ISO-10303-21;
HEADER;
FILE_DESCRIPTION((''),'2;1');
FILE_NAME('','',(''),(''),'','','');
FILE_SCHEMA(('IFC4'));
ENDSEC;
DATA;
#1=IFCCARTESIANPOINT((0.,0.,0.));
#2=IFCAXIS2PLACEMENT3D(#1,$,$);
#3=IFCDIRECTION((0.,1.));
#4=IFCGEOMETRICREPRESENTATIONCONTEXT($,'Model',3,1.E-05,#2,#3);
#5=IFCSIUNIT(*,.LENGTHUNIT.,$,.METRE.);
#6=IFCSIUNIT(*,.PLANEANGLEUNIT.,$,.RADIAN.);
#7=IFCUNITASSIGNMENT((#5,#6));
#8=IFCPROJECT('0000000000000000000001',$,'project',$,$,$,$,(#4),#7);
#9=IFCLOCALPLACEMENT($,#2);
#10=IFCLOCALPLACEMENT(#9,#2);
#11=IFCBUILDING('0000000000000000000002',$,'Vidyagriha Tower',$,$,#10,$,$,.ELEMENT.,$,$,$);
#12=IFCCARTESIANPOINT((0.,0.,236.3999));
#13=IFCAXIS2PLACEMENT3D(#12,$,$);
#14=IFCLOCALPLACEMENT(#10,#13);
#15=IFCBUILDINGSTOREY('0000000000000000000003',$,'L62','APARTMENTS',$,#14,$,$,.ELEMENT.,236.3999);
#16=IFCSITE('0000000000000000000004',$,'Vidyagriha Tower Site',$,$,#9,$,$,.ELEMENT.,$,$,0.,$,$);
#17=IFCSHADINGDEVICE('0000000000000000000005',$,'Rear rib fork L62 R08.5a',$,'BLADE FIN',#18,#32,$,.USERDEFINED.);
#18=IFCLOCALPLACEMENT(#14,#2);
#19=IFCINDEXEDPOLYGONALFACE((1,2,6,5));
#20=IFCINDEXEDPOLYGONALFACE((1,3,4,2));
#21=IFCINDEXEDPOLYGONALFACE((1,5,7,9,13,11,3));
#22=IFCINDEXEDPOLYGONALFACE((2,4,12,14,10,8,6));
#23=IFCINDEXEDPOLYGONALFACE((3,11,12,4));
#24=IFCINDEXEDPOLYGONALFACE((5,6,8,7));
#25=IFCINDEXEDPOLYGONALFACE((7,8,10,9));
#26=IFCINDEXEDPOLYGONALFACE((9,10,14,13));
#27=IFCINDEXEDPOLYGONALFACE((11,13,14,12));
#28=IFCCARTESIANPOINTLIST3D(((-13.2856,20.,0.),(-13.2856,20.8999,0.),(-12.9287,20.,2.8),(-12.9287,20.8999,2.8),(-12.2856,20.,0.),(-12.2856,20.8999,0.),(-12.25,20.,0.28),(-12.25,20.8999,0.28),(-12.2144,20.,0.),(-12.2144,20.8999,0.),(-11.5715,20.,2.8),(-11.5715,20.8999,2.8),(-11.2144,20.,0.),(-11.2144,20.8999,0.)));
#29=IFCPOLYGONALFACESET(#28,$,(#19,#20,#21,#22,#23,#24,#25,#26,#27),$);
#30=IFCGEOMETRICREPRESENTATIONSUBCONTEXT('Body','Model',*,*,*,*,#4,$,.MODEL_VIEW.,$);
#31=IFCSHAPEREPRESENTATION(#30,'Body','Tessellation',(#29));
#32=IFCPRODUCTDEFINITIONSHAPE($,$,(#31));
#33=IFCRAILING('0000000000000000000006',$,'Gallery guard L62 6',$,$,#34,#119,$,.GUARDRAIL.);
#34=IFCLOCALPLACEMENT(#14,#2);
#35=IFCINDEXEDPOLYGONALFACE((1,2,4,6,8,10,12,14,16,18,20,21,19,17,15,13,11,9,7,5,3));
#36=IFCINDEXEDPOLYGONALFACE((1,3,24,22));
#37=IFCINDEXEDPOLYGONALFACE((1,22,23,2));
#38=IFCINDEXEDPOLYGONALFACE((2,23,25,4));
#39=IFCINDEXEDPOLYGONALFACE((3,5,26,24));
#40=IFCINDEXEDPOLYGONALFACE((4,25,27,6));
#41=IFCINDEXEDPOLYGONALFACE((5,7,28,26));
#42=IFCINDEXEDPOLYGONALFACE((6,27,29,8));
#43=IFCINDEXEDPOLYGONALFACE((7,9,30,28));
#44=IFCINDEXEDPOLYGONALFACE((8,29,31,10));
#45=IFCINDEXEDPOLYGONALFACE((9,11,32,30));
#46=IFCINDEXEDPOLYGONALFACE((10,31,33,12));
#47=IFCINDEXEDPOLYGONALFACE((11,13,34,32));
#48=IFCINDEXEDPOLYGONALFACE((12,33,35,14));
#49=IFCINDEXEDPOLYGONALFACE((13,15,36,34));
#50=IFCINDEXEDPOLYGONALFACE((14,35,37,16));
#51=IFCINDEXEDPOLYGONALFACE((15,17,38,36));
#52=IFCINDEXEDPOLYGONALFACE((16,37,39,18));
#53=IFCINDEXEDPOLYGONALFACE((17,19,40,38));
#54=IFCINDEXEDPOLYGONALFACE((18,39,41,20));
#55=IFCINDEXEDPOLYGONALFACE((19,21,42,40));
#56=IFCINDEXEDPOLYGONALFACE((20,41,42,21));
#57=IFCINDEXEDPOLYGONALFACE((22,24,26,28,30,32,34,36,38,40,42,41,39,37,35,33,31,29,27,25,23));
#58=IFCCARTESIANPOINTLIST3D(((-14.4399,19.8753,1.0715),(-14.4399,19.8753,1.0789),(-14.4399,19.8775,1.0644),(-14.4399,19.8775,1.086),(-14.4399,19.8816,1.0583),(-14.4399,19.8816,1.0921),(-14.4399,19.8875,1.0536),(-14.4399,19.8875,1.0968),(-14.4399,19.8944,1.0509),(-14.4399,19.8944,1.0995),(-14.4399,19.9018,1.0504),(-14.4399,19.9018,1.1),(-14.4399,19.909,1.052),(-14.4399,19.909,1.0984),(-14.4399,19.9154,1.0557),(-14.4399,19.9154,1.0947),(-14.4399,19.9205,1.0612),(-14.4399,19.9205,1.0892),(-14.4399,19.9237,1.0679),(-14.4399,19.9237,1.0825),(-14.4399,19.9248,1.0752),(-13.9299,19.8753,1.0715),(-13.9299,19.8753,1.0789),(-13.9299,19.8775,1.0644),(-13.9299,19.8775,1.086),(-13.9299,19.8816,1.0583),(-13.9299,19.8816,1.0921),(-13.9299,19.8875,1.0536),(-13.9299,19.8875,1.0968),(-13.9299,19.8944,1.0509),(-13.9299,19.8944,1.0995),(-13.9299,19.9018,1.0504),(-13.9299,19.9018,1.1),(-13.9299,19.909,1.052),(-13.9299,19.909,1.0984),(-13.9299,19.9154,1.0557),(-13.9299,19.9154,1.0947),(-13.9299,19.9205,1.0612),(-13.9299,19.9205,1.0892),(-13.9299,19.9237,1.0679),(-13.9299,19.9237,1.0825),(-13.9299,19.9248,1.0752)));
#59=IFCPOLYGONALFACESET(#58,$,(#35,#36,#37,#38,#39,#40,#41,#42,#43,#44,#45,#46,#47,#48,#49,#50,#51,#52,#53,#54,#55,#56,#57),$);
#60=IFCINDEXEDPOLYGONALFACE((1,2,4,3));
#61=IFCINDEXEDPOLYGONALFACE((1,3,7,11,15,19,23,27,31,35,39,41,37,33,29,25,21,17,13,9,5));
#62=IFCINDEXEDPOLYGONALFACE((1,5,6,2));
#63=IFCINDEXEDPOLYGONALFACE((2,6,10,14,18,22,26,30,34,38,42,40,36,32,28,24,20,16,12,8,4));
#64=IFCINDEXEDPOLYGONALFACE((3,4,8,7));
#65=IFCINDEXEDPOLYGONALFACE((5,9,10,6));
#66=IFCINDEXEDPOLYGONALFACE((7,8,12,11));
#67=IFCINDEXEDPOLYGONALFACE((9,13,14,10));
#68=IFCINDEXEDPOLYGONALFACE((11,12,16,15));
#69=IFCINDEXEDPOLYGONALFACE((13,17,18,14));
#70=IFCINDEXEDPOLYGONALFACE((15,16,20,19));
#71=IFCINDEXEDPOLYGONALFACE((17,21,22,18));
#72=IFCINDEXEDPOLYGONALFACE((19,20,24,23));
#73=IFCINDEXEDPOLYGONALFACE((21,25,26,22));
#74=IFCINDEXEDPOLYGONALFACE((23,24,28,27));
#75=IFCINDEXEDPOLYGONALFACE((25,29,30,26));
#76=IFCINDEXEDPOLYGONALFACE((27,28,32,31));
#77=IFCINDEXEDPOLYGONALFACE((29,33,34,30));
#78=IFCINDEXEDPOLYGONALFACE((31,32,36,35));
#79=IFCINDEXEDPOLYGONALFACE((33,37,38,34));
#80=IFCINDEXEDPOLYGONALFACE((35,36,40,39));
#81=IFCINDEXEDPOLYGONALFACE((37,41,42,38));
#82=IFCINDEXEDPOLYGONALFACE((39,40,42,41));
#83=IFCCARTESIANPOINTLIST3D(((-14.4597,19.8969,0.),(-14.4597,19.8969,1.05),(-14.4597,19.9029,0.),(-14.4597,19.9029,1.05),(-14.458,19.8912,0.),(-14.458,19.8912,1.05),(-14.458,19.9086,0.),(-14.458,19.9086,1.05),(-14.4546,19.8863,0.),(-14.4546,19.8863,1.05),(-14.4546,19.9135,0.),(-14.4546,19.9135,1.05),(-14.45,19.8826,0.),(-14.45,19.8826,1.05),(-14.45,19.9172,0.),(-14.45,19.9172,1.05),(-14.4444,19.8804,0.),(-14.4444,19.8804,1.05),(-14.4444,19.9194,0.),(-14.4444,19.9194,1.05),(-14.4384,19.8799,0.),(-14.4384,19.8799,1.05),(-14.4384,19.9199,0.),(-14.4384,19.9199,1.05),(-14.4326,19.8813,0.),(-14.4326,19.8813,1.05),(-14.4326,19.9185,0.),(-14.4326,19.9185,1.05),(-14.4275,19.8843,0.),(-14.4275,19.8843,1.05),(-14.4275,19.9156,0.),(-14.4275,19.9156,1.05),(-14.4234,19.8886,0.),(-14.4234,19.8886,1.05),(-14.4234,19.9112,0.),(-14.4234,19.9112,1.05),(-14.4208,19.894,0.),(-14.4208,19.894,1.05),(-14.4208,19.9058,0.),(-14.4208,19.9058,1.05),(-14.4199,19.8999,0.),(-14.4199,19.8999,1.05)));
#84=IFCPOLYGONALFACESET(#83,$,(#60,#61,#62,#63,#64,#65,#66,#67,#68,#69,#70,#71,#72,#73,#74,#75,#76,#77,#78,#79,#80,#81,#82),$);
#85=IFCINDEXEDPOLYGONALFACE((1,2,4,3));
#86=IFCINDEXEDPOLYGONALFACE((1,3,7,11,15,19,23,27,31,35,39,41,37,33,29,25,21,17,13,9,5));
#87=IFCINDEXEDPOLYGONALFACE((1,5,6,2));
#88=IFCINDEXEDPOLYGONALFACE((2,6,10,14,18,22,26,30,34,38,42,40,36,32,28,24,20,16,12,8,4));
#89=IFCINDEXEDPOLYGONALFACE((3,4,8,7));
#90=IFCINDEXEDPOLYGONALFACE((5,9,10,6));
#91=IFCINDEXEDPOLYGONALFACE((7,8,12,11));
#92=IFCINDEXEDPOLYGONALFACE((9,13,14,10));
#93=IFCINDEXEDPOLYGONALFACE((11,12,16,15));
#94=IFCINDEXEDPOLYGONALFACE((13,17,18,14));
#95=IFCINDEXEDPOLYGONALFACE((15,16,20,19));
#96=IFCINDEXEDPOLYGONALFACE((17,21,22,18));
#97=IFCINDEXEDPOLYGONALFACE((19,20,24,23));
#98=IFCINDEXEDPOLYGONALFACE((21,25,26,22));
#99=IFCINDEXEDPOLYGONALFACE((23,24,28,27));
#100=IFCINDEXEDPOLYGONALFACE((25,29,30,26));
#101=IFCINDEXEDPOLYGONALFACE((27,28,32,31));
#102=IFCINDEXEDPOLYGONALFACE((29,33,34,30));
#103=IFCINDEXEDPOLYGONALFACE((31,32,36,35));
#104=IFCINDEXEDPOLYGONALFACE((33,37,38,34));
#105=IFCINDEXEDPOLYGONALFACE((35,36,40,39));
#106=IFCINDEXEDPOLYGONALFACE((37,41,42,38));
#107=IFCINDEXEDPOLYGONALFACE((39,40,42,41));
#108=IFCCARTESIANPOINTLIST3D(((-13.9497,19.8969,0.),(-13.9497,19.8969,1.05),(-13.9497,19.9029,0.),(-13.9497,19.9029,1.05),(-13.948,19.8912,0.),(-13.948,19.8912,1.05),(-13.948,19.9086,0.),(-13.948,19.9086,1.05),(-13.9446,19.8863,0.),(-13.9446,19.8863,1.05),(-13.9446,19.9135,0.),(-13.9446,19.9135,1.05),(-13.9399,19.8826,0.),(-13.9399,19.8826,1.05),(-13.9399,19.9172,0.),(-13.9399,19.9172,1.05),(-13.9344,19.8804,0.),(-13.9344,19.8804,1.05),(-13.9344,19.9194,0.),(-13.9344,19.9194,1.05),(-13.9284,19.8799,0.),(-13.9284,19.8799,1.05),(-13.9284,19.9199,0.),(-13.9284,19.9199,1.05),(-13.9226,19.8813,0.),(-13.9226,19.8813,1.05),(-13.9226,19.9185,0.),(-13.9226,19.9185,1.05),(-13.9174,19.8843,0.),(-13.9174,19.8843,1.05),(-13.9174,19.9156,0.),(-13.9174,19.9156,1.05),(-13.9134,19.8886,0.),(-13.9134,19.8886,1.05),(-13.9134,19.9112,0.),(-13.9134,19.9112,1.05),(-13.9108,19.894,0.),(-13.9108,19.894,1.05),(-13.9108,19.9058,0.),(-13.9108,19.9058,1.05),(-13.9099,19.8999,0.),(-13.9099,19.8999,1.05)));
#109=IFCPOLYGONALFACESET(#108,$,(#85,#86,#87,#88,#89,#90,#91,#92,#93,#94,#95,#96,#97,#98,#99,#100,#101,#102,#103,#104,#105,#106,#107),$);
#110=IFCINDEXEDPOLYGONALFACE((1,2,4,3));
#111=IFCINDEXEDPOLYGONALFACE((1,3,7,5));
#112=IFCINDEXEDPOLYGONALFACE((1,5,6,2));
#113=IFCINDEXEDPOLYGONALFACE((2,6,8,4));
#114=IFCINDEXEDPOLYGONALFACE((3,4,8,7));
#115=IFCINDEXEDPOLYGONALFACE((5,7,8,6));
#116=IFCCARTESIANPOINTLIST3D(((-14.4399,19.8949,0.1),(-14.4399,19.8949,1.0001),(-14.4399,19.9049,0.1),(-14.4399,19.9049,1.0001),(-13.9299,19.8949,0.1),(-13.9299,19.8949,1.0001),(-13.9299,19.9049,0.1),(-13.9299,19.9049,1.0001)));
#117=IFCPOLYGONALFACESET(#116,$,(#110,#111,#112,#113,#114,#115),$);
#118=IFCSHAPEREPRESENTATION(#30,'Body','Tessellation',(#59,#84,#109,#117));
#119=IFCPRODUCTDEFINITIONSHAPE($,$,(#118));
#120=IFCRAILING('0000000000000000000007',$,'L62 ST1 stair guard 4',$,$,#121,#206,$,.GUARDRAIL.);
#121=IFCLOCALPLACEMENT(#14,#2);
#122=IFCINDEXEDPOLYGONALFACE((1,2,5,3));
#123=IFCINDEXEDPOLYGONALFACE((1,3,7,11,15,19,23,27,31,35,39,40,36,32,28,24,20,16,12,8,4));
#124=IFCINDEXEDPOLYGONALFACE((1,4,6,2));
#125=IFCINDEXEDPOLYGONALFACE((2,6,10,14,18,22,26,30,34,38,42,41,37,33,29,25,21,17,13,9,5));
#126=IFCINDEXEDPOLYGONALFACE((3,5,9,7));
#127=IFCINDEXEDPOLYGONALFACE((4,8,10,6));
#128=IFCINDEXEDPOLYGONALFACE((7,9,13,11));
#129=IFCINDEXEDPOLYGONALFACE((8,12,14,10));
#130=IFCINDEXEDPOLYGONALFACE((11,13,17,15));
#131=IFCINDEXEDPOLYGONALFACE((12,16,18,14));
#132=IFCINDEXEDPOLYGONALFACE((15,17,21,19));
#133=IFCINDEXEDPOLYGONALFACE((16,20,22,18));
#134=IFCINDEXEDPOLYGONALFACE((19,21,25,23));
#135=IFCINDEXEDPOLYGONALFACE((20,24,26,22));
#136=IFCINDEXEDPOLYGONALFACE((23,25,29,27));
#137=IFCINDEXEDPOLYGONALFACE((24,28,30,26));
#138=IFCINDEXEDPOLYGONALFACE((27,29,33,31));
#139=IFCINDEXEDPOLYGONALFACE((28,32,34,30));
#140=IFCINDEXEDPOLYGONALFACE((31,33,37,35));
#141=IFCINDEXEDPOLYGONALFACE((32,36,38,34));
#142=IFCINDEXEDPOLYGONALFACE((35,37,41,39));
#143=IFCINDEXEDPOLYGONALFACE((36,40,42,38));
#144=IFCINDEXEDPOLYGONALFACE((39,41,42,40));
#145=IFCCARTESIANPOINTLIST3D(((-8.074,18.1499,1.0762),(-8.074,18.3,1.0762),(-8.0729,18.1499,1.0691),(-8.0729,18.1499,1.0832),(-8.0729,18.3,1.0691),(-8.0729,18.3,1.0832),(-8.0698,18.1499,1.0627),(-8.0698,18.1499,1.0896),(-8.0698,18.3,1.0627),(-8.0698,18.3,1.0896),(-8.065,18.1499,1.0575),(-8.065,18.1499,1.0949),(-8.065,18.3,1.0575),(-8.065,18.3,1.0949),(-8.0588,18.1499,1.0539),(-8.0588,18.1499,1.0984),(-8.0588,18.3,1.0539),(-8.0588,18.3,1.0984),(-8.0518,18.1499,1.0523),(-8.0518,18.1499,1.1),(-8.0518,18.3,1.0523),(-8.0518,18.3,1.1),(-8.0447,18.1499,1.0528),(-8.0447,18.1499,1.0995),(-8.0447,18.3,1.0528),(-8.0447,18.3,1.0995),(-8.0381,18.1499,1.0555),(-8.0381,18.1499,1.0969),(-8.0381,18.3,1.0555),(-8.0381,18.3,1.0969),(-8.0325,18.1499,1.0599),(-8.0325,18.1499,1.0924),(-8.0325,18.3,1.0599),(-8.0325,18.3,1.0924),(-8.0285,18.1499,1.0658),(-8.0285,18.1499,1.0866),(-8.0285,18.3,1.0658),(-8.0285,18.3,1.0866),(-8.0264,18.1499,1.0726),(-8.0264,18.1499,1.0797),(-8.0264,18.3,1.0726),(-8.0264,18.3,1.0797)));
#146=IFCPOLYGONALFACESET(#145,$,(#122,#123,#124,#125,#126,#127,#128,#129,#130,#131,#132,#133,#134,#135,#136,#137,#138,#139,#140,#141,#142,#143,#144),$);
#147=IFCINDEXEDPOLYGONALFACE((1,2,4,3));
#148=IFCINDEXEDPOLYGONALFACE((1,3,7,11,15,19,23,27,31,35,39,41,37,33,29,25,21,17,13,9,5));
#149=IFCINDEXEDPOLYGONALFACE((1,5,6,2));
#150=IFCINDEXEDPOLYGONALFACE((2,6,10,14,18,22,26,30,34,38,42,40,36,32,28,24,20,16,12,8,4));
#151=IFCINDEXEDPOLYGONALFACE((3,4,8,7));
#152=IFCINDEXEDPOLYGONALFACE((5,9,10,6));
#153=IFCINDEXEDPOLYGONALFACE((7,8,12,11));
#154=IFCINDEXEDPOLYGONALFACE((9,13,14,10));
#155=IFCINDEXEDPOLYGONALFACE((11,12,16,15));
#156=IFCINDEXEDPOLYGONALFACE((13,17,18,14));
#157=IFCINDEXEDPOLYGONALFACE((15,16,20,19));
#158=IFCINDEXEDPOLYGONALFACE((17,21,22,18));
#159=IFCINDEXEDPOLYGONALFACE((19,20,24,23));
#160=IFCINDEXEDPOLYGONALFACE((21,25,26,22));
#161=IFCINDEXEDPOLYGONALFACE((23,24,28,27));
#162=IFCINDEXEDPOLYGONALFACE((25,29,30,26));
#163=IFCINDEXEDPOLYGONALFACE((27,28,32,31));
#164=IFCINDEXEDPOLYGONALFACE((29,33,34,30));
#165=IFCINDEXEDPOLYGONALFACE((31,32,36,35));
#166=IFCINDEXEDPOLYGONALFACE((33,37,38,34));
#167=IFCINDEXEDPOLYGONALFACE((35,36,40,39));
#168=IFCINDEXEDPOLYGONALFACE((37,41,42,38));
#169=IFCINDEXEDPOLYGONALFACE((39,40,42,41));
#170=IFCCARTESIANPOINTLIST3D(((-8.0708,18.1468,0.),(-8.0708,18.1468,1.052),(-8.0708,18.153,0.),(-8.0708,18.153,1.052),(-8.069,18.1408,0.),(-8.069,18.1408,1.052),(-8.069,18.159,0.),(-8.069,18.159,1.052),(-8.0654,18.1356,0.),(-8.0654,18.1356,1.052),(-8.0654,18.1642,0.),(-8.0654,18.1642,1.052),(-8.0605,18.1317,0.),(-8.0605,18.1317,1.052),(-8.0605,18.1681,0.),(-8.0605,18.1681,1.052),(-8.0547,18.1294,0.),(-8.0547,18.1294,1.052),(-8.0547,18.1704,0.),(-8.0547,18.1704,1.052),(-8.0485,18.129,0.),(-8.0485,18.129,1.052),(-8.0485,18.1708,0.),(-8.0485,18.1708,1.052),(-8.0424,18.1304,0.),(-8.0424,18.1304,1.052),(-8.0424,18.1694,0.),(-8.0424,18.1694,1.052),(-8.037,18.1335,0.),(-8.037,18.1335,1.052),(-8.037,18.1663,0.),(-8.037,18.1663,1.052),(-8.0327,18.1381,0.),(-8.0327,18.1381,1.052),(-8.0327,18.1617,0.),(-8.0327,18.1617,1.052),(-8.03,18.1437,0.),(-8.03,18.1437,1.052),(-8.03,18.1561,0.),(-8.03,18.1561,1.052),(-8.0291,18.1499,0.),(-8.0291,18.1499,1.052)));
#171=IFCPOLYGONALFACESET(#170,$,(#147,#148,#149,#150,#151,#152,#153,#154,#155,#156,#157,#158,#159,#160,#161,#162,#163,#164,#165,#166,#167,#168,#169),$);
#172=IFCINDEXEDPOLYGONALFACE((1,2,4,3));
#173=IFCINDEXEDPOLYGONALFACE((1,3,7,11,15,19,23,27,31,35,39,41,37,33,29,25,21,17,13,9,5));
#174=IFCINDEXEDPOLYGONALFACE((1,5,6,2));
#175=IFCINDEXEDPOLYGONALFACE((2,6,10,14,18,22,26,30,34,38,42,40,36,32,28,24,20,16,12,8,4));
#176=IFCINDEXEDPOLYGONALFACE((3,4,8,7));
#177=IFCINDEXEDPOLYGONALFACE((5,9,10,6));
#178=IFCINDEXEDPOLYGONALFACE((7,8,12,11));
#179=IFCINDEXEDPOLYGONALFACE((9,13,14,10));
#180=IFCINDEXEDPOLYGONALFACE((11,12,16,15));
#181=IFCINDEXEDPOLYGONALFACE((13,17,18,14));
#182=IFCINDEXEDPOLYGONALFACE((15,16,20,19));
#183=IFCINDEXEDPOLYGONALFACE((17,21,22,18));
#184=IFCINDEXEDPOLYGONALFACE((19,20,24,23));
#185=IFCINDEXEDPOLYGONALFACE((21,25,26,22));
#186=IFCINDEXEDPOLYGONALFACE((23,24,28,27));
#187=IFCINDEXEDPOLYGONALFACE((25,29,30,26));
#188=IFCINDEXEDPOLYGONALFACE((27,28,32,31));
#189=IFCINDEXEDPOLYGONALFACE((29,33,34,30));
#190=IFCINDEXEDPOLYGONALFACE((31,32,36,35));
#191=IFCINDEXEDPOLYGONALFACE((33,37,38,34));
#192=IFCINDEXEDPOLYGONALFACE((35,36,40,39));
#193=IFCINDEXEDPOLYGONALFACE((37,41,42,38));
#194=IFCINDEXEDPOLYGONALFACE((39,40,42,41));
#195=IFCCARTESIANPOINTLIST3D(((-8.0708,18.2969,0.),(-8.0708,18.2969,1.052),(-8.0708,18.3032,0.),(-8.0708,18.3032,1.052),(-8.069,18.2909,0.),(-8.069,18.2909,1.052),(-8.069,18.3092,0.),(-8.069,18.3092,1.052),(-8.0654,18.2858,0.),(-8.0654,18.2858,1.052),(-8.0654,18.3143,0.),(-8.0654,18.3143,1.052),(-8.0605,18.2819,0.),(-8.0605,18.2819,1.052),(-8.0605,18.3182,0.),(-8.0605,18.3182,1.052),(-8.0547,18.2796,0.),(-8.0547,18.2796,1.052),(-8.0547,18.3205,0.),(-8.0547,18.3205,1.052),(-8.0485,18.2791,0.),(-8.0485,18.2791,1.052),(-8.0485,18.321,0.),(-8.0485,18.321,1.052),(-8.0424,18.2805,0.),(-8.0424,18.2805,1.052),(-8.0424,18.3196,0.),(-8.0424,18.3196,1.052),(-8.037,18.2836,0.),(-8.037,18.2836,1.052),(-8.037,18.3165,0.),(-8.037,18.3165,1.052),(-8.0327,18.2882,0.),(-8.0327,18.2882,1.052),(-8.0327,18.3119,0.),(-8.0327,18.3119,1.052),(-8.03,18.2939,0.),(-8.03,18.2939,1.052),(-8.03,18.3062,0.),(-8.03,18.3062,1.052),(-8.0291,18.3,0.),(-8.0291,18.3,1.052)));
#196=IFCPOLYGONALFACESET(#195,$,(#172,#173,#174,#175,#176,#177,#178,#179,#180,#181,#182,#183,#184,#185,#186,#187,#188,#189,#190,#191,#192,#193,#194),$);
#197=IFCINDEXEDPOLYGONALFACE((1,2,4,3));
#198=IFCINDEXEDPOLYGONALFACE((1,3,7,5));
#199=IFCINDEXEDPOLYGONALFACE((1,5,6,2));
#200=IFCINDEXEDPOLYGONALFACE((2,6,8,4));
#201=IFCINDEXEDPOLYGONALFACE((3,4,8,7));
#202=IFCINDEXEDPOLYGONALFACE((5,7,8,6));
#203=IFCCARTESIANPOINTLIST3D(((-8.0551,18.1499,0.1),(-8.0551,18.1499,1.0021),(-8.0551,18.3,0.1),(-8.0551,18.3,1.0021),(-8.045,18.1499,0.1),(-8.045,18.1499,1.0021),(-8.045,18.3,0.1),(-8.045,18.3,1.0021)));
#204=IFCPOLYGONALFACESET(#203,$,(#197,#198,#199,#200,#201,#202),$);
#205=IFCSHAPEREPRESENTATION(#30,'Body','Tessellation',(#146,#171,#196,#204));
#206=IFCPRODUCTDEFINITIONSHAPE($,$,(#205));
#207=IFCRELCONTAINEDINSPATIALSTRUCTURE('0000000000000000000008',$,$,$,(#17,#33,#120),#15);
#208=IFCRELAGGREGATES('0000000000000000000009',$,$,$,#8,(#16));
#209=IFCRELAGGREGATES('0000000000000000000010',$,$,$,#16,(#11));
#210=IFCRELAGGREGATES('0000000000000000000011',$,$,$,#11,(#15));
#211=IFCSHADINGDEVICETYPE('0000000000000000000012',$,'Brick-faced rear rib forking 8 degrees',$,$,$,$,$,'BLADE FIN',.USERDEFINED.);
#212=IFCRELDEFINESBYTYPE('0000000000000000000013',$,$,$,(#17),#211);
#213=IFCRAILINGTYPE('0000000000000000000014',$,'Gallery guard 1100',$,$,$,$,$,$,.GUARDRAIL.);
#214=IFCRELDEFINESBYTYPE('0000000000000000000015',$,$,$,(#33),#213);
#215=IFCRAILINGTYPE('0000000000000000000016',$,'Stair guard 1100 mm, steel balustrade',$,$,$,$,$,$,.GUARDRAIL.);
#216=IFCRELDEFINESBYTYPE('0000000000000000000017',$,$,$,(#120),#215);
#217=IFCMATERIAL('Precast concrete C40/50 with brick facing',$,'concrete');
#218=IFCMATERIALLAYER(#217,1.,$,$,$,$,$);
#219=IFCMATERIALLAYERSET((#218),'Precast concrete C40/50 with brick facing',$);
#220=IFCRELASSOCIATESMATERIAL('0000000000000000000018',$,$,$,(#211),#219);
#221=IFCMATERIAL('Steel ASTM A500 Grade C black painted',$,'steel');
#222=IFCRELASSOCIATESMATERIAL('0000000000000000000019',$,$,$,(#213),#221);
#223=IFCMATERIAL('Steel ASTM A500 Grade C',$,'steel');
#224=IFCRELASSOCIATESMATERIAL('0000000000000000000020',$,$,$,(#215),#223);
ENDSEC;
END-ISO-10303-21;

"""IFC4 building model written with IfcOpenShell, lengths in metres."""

from ifc_helpers import new_model, si_unit, direction, frame, origin, origin_2d, place, context, subcontext, project, spatial, polyline, rectangle, circle, outline, extrude, material, layer, layer_set, type_object, element, save


model = new_model("IFC4")

# Units and contexts
model_context = context("Model", 3, precision=1e-05, world=origin(), true_north=direction((0.0, 1.0)))
body_context = subcontext(model_context, "Body", "Model", "MODEL_VIEW")
ifc_project = project(units=[si_unit("LENGTHUNIT", "METRE"), si_unit("PLANEANGLEUNIT", "RADIAN")], contexts=[model_context])

# Site, building, storey
site_placement = place(None, origin())
site = spatial("IfcSite", under=ifc_project, at=site_placement, Name="Vidyagriha Tower Site", CompositionType="ELEMENT", RefElevation=0.0)
building_placement = place(site_placement, origin())
building = spatial("IfcBuilding", under=site, at=building_placement, Name="Vidyagriha Tower", CompositionType="ELEMENT")
storey_placement = place(building_placement, frame((0.0, 0.0, 236.3999)))
storey = spatial("IfcBuildingStorey", under=building, at=storey_placement, Name="L62", Description="APARTMENTS", CompositionType="ELEMENT", Elevation=236.3999)

# Shading device
ifc_material_1 = material(Name="Precast concrete C40/50 with brick facing", Category="concrete")
ifc_layer_1 = layer(ifc_material_1, 1.0)
ifc_layer_set_1 = layer_set([ifc_layer_1], Name="Precast concrete C40/50 with brick facing")
shading_device_type = type_object("IfcShadingDeviceType", Name="Brick-faced rear rib forking 8 degrees", ElementType="BLADE FIN", PredefinedType="USERDEFINED", material=ifc_layer_set_1)
shading_device_placement = place(storey_placement, frame((-11.2144, 20.45, 0.0), z_axis=(0.0, 0.0, 1.0), x_axis=(-1.0, 0.0, 0.0)))
element("IfcShadingDevice", 1, at=shading_device_placement, inside=storey, type_object=shading_device_type, Name="Rear rib fork L62 R08.5a", ObjectType="BLADE FIN", PredefinedType="USERDEFINED", context=body_context, shape_type="SweptSolid", body=[
    extrude(outline(polyline([(1.0, 0.0), (1.0356, 0.28), (1.0713, 0.0), (2.0713, 0.0), (1.7144, 2.8), (0.3572, 2.8), (0.0, 0.0), (1.0, 0.0)])), frame((0.0, 0.45, 0.0), z_axis=(0.0, -1.0, 0.0), x_axis=(1.0, 0.0, 0.0)), (0.0, 0.0, 1.0), 0.8999),
])

# Railings
ifc_material_2 = material(Name="Steel ASTM A500 Grade C black painted", Category="steel")
railing_type_1 = type_object("IfcRailingType", Name="Gallery guard 1100", PredefinedType="GUARDRAIL", material=ifc_material_2)
railing_1_placement = place(storey_placement, frame((-14.4399, 19.8999, 0.0)))
element("IfcRailing", 2, at=railing_1_placement, inside=storey, type_object=railing_type_1, Name="Gallery guard L62 6", PredefinedType="GUARDRAIL", context=body_context, shape_type="SweptSolid", body=[
    extrude(circle(Radius=0.0249, at=origin_2d()), frame((0.0, 0.0, 1.0752), z_axis=(1.0, 0.0, 0.0), x_axis=(0.0, 1.0, 0.0)), (0.0, 0.0, 1.0), 0.51),
    extrude(circle(Radius=0.02, at=origin_2d()), origin(), (0.0, 0.0, 1.0), 1.05),
    extrude(circle(Radius=0.02, at=origin_2d()), frame((0.51, 0.0, 0.0)), (0.0, 0.0, 1.0), 1.05),
    extrude(rectangle(XDim=0.01, YDim=0.9001, at=origin_2d()), frame((0.0, 0.0, 0.55), z_axis=(1.0, 0.0, 0.0), x_axis=(0.0, 1.0, 0.0)), (0.0, 0.0, 1.0), 0.51),
])
ifc_material_3 = material(Name="Steel ASTM A500 Grade C", Category="steel")
railing_type_2 = type_object("IfcRailingType", Name="Stair guard 1100 mm, steel balustrade", PredefinedType="GUARDRAIL", material=ifc_material_3)
railing_2_placement = place(storey_placement, frame((-8.05, 18.1499, 0.0)))
element("IfcRailing", 3, at=railing_2_placement, inside=storey, type_object=railing_type_2, Name="L62 ST1 stair guard 4", PredefinedType="GUARDRAIL", context=body_context, shape_type="SweptSolid", body=[
    extrude(circle(Radius=0.0239, at=origin_2d()), frame((0.0, 0.0, 1.0762), z_axis=(0.0, 1.0, 0.0), x_axis=(-1.0, 0.0, 0.0)), (0.0, 0.0, 1.0), 0.1501),
    extrude(circle(Radius=0.021, at=origin_2d()), origin(), (0.0, 0.0, 1.0), 1.052),
    extrude(circle(Radius=0.021, at=origin_2d()), frame((0.0, 0.1501, 0.0)), (0.0, 0.0, 1.0), 1.052),
    extrude(rectangle(XDim=0.01, YDim=0.9021, at=origin_2d()), frame((0.0, 0.0, 0.551), z_axis=(0.0, 1.0, 0.0), x_axis=(-1.0, 0.0, 0.0)), (0.0, 0.0, 1.0), 0.1501),
])

save(model, "model.ifc")
